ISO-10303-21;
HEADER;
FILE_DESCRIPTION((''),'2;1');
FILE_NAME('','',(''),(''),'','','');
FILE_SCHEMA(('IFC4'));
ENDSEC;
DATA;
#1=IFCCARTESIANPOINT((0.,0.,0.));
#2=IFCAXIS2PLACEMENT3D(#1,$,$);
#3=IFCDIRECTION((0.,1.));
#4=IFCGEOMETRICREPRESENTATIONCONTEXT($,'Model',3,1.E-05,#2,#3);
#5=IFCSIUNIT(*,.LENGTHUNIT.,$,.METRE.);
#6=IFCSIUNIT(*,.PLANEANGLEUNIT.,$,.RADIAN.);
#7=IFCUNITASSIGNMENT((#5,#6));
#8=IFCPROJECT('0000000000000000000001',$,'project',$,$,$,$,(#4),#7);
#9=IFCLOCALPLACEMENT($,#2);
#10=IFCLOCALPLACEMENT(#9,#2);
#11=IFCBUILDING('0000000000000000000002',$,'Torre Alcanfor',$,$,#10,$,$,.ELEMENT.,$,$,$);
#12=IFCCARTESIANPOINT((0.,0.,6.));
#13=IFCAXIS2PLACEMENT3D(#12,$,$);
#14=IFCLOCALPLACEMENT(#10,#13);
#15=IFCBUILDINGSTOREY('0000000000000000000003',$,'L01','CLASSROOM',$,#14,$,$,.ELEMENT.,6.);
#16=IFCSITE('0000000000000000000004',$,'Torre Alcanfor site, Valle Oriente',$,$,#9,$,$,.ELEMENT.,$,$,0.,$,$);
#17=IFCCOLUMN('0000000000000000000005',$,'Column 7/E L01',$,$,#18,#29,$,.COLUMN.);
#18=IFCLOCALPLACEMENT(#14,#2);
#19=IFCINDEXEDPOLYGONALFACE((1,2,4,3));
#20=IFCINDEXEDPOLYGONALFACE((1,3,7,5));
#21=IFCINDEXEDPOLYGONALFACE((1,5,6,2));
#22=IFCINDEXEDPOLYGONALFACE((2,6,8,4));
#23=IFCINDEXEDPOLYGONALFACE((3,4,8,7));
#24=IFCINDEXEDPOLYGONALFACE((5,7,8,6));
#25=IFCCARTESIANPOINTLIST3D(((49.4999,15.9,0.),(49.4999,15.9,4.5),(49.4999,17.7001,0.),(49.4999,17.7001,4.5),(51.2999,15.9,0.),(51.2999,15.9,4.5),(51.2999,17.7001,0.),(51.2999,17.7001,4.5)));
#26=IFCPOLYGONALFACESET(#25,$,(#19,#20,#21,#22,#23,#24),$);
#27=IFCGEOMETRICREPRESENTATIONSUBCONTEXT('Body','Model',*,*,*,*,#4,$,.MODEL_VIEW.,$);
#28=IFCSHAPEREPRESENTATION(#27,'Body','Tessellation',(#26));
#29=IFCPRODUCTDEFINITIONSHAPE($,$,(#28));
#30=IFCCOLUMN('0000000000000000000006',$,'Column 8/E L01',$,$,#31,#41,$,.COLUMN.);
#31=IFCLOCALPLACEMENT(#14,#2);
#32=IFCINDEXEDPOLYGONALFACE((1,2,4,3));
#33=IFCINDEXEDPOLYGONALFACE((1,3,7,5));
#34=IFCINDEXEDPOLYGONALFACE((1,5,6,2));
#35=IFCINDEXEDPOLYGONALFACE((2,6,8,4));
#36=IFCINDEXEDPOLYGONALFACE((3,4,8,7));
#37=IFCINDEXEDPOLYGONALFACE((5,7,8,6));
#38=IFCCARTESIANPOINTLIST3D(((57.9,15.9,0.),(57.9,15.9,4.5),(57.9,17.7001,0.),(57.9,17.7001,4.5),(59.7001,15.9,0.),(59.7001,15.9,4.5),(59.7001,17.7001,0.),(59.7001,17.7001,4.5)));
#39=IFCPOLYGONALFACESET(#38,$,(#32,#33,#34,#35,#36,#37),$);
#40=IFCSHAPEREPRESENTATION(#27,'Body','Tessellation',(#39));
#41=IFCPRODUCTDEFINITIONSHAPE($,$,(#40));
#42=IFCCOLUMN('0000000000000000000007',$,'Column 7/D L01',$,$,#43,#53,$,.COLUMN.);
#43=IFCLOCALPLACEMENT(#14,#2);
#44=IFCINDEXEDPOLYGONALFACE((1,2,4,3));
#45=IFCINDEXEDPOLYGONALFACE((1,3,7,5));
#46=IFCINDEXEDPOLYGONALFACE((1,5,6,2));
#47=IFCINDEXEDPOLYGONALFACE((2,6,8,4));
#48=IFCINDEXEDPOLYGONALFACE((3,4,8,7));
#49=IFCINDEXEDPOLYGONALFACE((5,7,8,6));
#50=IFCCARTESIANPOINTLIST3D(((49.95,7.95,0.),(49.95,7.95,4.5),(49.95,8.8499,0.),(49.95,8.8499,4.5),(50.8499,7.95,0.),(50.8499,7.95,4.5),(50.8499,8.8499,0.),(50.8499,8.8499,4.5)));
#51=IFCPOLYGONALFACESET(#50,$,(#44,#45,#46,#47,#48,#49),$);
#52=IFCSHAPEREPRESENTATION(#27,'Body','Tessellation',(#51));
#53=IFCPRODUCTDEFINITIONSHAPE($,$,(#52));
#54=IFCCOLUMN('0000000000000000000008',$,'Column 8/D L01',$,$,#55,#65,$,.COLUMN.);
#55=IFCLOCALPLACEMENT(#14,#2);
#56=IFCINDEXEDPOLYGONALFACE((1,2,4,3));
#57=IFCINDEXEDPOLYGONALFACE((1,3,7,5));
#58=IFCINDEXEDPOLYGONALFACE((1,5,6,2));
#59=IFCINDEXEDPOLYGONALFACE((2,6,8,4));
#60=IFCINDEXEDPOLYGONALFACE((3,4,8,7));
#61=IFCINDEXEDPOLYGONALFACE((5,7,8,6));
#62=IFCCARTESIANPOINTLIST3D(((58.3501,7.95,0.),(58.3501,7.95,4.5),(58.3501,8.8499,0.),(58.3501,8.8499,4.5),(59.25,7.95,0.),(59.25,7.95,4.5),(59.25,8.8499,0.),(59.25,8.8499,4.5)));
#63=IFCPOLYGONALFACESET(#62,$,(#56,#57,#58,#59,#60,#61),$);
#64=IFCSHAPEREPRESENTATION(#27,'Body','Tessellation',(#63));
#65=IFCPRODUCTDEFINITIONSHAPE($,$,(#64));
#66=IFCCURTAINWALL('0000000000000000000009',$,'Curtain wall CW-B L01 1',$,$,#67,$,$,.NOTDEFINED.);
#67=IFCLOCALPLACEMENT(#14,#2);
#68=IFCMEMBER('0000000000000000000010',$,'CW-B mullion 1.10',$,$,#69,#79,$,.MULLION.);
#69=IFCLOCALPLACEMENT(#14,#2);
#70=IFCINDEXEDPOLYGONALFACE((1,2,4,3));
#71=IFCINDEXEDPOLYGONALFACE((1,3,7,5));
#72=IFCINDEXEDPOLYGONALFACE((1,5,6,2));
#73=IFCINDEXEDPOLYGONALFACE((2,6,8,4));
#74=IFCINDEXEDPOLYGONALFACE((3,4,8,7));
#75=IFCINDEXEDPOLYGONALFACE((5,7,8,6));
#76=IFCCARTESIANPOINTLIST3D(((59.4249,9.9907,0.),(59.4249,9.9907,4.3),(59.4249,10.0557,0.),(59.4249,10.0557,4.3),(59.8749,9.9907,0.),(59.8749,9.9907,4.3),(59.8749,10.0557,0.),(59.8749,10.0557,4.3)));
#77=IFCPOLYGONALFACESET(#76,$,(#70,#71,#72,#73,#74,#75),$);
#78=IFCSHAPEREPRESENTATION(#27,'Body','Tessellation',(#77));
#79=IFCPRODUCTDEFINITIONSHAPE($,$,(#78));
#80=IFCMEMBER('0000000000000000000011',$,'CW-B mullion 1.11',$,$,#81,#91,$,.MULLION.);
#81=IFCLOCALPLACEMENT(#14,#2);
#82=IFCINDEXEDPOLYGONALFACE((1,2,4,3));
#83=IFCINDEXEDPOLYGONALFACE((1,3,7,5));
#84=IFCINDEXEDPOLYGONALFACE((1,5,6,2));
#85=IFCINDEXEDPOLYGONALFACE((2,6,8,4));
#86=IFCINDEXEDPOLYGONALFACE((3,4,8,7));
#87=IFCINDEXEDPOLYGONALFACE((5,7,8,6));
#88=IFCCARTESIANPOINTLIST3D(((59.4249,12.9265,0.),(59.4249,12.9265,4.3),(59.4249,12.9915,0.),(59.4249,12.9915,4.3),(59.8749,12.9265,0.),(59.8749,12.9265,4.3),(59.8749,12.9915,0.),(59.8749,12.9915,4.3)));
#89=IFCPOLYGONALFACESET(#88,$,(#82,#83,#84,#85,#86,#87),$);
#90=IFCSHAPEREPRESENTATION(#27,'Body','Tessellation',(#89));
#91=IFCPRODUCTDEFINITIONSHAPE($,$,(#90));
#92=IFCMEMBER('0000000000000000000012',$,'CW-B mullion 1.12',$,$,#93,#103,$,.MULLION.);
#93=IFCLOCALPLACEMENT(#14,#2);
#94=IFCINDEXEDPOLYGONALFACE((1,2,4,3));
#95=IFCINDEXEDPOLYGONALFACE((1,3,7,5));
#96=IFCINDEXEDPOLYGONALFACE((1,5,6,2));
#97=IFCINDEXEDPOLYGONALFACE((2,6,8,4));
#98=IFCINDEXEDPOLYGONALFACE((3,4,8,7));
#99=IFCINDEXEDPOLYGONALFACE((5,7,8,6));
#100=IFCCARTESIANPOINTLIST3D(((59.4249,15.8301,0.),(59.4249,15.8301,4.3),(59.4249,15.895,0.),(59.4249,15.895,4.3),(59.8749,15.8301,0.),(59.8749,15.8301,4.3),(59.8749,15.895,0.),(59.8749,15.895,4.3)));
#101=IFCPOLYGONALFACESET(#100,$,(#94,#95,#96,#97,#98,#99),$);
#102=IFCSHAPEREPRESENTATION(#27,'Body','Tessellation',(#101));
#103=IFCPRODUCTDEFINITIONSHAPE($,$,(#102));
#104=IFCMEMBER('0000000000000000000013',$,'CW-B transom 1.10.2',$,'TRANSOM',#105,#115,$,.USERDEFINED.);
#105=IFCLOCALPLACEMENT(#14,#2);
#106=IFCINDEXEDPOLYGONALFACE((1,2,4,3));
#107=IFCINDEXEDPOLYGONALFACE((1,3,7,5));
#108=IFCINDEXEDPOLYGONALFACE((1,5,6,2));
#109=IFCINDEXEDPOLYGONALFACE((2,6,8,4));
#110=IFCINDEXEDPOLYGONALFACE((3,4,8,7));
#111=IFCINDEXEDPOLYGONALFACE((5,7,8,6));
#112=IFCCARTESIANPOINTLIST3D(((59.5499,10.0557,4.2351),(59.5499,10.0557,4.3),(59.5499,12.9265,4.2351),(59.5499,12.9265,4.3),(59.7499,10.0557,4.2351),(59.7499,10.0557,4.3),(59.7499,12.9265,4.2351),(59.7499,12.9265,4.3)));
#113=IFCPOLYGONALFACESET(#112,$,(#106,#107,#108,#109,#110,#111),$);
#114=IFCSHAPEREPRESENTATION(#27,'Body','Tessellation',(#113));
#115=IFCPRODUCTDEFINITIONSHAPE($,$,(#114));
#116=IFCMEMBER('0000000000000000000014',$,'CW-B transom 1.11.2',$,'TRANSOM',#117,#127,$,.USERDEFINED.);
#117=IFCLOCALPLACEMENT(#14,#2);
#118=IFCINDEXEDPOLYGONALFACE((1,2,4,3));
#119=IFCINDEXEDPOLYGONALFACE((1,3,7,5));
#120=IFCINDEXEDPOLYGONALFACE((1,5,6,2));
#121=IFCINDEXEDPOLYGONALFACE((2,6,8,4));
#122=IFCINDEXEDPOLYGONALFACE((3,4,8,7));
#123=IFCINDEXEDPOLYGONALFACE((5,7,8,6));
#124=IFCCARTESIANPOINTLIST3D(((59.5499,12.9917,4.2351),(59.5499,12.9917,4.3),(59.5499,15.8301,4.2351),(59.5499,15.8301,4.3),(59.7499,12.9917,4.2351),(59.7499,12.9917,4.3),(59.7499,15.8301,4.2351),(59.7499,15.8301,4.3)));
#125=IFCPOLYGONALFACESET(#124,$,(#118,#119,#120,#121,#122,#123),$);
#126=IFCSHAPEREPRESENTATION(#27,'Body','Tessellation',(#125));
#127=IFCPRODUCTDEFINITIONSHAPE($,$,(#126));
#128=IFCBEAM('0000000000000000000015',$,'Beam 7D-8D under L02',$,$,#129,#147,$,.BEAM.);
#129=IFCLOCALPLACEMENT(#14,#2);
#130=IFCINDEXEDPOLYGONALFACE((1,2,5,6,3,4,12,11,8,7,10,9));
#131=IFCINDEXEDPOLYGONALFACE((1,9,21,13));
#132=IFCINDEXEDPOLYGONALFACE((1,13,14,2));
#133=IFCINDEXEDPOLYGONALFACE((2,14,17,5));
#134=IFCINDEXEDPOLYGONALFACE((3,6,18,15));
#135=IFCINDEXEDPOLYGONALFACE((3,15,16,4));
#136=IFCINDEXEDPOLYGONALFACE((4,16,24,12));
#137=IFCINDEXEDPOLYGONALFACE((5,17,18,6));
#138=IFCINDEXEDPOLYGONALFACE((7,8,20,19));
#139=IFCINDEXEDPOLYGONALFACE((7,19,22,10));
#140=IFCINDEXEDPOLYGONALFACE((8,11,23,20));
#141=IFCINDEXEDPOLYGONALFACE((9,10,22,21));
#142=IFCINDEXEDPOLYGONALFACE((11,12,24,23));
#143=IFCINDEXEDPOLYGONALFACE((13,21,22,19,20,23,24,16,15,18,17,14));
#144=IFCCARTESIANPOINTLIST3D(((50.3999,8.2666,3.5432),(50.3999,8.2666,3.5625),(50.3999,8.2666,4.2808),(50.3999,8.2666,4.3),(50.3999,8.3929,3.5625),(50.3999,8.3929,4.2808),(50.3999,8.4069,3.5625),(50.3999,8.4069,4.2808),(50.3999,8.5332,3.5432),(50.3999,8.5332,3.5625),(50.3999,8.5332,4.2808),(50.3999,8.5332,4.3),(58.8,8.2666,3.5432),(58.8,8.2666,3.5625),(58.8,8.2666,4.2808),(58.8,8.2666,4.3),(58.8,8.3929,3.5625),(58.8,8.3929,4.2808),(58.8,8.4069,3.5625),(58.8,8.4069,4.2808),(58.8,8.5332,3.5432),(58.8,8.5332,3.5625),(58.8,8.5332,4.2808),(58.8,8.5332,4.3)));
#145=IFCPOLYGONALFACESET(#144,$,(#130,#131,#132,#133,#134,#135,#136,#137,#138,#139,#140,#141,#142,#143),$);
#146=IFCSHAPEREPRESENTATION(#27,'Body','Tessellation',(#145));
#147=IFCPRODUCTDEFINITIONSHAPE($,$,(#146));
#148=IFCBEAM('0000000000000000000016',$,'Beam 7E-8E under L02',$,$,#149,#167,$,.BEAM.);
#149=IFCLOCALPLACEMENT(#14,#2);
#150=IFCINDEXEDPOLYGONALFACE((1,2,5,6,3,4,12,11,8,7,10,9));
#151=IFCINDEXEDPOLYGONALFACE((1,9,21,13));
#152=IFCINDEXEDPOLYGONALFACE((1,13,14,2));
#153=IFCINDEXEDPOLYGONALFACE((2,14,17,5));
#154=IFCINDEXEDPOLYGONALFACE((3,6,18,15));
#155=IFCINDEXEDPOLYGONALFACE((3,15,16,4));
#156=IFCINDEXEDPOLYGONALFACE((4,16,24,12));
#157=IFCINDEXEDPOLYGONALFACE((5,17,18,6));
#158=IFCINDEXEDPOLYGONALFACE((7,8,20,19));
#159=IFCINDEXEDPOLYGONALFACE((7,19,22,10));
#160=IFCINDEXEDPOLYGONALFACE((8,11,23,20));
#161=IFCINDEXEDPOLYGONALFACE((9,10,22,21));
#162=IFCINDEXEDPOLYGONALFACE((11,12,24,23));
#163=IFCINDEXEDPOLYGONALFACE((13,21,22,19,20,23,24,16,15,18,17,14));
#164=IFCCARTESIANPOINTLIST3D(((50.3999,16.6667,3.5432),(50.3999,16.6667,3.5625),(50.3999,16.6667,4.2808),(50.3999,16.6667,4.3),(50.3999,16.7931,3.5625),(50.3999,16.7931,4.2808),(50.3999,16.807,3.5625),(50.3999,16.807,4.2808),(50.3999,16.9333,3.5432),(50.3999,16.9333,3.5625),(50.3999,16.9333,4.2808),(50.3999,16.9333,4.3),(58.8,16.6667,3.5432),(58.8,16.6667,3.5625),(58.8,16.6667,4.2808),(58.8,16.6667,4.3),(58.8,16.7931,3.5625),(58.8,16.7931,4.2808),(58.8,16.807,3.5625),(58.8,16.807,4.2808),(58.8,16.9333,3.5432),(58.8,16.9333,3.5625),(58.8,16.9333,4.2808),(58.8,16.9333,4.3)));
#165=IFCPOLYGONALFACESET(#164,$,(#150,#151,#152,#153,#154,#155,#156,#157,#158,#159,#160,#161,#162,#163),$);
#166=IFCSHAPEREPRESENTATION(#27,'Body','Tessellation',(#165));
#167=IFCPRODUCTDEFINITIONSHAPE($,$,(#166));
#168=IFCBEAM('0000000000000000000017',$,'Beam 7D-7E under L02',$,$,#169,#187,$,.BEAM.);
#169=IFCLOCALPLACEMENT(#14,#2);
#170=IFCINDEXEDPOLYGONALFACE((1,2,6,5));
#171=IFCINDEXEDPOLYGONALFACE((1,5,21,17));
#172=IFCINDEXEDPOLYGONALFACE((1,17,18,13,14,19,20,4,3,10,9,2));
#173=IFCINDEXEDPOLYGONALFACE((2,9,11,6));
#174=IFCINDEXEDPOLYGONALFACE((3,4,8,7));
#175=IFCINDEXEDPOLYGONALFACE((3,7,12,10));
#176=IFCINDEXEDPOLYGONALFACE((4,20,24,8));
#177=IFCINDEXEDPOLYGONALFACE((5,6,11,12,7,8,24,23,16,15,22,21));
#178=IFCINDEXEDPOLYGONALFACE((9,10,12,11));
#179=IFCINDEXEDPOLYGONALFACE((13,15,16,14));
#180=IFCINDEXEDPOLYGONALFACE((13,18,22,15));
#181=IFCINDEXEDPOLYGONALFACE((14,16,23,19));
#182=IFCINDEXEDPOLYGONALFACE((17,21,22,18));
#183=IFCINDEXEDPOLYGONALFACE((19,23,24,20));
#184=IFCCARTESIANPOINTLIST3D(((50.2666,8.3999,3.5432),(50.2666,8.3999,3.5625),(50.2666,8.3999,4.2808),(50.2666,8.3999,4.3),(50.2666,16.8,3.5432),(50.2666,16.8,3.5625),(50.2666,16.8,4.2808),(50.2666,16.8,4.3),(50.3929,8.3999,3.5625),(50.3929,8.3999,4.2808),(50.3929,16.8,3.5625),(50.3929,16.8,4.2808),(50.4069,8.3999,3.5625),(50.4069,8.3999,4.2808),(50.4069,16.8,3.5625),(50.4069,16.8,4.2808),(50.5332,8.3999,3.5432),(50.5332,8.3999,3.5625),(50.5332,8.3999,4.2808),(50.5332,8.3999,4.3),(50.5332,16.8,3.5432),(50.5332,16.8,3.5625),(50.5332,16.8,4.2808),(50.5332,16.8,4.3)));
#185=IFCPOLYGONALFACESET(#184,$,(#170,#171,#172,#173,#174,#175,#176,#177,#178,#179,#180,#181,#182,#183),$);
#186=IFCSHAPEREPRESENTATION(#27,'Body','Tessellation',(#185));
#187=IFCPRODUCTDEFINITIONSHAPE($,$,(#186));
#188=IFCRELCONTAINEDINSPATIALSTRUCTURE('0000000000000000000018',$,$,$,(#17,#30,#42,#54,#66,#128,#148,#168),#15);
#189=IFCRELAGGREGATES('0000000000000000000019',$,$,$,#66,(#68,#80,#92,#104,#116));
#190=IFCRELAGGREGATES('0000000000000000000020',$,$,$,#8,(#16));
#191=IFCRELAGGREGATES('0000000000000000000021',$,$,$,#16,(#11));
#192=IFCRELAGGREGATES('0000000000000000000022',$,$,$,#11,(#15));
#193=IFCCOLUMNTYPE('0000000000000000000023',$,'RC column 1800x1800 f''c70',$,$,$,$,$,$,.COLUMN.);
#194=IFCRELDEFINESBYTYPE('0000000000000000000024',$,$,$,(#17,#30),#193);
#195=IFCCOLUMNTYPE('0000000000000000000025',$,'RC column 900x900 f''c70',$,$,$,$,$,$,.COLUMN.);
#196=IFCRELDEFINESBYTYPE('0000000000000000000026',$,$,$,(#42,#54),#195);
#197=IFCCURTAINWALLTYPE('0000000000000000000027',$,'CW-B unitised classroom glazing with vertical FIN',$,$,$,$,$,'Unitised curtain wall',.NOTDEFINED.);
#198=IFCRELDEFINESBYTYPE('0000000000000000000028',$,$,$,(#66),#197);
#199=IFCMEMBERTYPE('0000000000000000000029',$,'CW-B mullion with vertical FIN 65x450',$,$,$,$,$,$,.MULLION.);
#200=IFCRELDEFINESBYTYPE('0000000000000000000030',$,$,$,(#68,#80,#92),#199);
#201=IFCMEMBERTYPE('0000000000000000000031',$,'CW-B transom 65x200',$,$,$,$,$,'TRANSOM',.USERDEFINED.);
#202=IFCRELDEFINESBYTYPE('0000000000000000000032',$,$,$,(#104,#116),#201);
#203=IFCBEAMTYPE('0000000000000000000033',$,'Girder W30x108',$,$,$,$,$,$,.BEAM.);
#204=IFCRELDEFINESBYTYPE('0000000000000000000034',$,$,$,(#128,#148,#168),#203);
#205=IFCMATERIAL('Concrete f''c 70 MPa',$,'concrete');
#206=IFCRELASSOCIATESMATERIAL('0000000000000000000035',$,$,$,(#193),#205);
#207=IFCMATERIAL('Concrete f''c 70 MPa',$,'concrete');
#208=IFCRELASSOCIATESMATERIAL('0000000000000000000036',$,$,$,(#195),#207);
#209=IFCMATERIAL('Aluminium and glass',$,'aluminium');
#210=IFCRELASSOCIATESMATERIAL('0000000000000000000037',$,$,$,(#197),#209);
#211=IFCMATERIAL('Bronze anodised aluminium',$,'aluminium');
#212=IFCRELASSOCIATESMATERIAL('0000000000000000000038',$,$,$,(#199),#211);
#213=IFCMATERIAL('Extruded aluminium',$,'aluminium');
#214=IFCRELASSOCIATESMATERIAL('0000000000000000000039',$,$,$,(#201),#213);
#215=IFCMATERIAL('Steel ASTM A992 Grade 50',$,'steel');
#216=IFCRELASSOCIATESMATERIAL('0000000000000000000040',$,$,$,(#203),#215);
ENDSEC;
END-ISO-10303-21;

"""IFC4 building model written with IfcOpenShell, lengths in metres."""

from ifc_helpers import new_model, si_unit, direction, frame, origin, origin_2d, place, context, subcontext, project, spatial, rectangle, i_section, extrude, material, material_profile, profile_set, type_object, element, aggregate, save


model = new_model("IFC4")

# Units and contexts
model_context = context("Model", 3, precision=1e-05, world=origin(), true_north=direction((0.0, 1.0)))
body_context = subcontext(model_context, "Body", "Model", "MODEL_VIEW")
ifc_project = project(units=[si_unit("LENGTHUNIT", "METRE"), si_unit("PLANEANGLEUNIT", "RADIAN")], contexts=[model_context])

# Site, building, storey
site_placement = place(None, origin())
site = spatial("IfcSite", under=ifc_project, at=site_placement, Name="Torre Alcanfor site, Valle Oriente", CompositionType="ELEMENT", RefElevation=0.0)
building_placement = place(site_placement, origin())
building = spatial("IfcBuilding", under=site, at=building_placement, Name="Torre Alcanfor", CompositionType="ELEMENT")
storey_placement = place(building_placement, frame((0.0, 0.0, 6.0)))
storey = spatial("IfcBuildingStorey", under=building, at=storey_placement, Name="L01", Description="CLASSROOM", CompositionType="ELEMENT", Elevation=6.0)

# Columns
ifc_material_1 = material(Name="Concrete f'c 70 MPa", Category="concrete")
ifc_material_profile_1 = material_profile(ifc_material_1, rectangle(XDim=1.8, YDim=1.8, at=origin_2d()), Name="1800x1800")
ifc_profile_set_1 = profile_set([ifc_material_profile_1], Name="Concrete f'c 70 MPa")
column_type_1 = type_object("IfcColumnType", Name="RC column 1800x1800 f'c70", PredefinedType="COLUMN", material=ifc_profile_set_1)
for number, where, z_axis, x_axis, name in (
    (1, (50.3999, 16.8, 0.0), (0.0, 0.0, 1.0), (1.0, 0.0, 0.0), "Column 7/E L01"),
    (2, (58.8, 16.8, 0.0), (0.0, 0.0, 1.0), (1.0, 0.0, 0.0), "Column 8/E L01"),
):
    element("IfcColumn", number, at=place(storey_placement, frame(where, z_axis=z_axis, x_axis=x_axis)), inside=storey, type_object=column_type_1, Name=name, PredefinedType="COLUMN", context=body_context, shape_type="SweptSolid", body=[
        extrude(rectangle(XDim=1.8, YDim=1.8, at=origin_2d()), origin(), (0.0, 0.0, 1.0), 4.5),
    ])
ifc_material_2 = material(Name="Concrete f'c 70 MPa", Category="concrete")
ifc_material_profile_2 = material_profile(ifc_material_2, rectangle(XDim=0.8999, YDim=0.8999, at=origin_2d()), Name="900x900")
ifc_profile_set_2 = profile_set([ifc_material_profile_2], Name="Concrete f'c 70 MPa")
column_type_2 = type_object("IfcColumnType", Name="RC column 900x900 f'c70", PredefinedType="COLUMN", material=ifc_profile_set_2)
for number, where, z_axis, x_axis, name in (
    (3, (50.3999, 8.3999, 0.0), (0.0, 0.0, 1.0), (1.0, 0.0, 0.0), "Column 7/D L01"),
    (4, (58.8, 8.3999, 0.0), (0.0, 0.0, 1.0), (1.0, 0.0, 0.0), "Column 8/D L01"),
):
    element("IfcColumn", number, at=place(storey_placement, frame(where, z_axis=z_axis, x_axis=x_axis)), inside=storey, type_object=column_type_2, Name=name, PredefinedType="COLUMN", context=body_context, shape_type="SweptSolid", body=[
        extrude(rectangle(XDim=0.8999, YDim=0.8999, at=origin_2d()), origin(), (0.0, 0.0, 1.0), 4.5),
    ])

# Curtain wall, members
ifc_material_3 = material(Name="Aluminium and glass", Category="aluminium")
curtain_wall_type = type_object("IfcCurtainWallType", Name="CW-B unitised classroom glazing with vertical FIN", ElementType="Unitised curtain wall", PredefinedType="NOTDEFINED", material=ifc_material_3)
curtain_wall_placement = place(storey_placement, origin())
curtain_wall = element("IfcCurtainWall", 5, at=curtain_wall_placement, inside=storey, type_object=curtain_wall_type, Name="Curtain wall CW-B L01 1", PredefinedType="NOTDEFINED")
ifc_material_4 = material(Name="Bronze anodised aluminium", Category="aluminium")
ifc_material_profile_3 = material_profile(ifc_material_4, rectangle(XDim=0.45, YDim=0.0649, at=origin_2d()), Name="CW-B mullion 65x450")
ifc_profile_set_3 = profile_set([ifc_material_profile_3], Name="Bronze anodised aluminium")
member_type_1 = type_object("IfcMemberType", Name="CW-B mullion with vertical FIN 65x450", PredefinedType="MULLION", material=ifc_profile_set_3)
member_1_placement = place(storey_placement, frame((59.6499, 10.0232, 0.0), z_axis=(0.0, 0.0, 1.0), x_axis=(-1.0, 0.0, 0.0)))
member_1 = element("IfcMember", 6, at=member_1_placement, type_object=member_type_1, Name="CW-B mullion 1.10", PredefinedType="MULLION", context=body_context, shape_type="SweptSolid", body=[
    extrude(rectangle(XDim=0.45, YDim=0.0649, at=origin_2d()), origin(), (0.0, 0.0, 1.0), 4.3),
])
member_2_placement = place(storey_placement, frame((59.6499, 12.959, 0.0), z_axis=(0.0, 0.0, 1.0), x_axis=(-1.0, 0.0, 0.0)))
member_2 = element("IfcMember", 7, at=member_2_placement, type_object=member_type_1, Name="CW-B mullion 1.11", PredefinedType="MULLION", context=body_context, shape_type="SweptSolid", body=[
    extrude(rectangle(XDim=0.45, YDim=0.0649, at=origin_2d()), origin(), (0.0, 0.0, 1.0), 4.3),
])
member_3_placement = place(storey_placement, frame((59.6499, 15.8625, 0.0), z_axis=(0.0, 0.0, 1.0), x_axis=(-1.0, 0.0, 0.0)))
member_3 = element("IfcMember", 8, at=member_3_placement, type_object=member_type_1, Name="CW-B mullion 1.12", PredefinedType="MULLION", context=body_context, shape_type="SweptSolid", body=[
    extrude(rectangle(XDim=0.45, YDim=0.0649, at=origin_2d()), origin(), (0.0, 0.0, 1.0), 4.3),
])
ifc_material_5 = material(Name="Extruded aluminium", Category="aluminium")
ifc_material_profile_4 = material_profile(ifc_material_5, rectangle(XDim=0.2, YDim=0.0649, at=origin_2d()), Name="CW-B transom 200x65")
ifc_profile_set_4 = profile_set([ifc_material_profile_4], Name="Extruded aluminium")
member_type_2 = type_object("IfcMemberType", Name="CW-B transom 65x200", ElementType="TRANSOM", PredefinedType="USERDEFINED", material=ifc_profile_set_4)
member_4_placement = place(storey_placement, frame((59.6499, 10.0557, 4.2676), z_axis=(0.0, 1.0, 0.0), x_axis=(-1.0, 0.0, 0.0)))
member_4 = element("IfcMember", 9, at=member_4_placement, type_object=member_type_2, Name="CW-B transom 1.10.2", ObjectType="TRANSOM", PredefinedType="USERDEFINED", context=body_context, shape_type="SweptSolid", body=[
    extrude(rectangle(XDim=0.2, YDim=0.0649, at=origin_2d()), origin(), (0.0, 0.0, 1.0), 2.8708),
])
member_5_placement = place(storey_placement, frame((59.6499, 12.9917, 4.2676), z_axis=(0.0, 1.0, 0.0), x_axis=(-1.0, 0.0, 0.0)))
member_5 = element("IfcMember", 10, at=member_5_placement, type_object=member_type_2, Name="CW-B transom 1.11.2", ObjectType="TRANSOM", PredefinedType="USERDEFINED", context=body_context, shape_type="SweptSolid", body=[
    extrude(rectangle(XDim=0.2, YDim=0.0649, at=origin_2d()), origin(), (0.0, 0.0, 1.0), 2.8384),
])

# Beams
ifc_material_6 = material(Name="Steel ASTM A992 Grade 50", Category="steel")
ifc_material_profile_5 = material_profile(ifc_material_6, i_section(OverallWidth=0.2666, OverallDepth=0.7568, WebThickness=0.0139, FlangeThickness=0.0193, at=origin_2d()), Name="W30x108")
ifc_profile_set_5 = profile_set([ifc_material_profile_5], Name="Steel ASTM A992 Grade 50")
beam_type_1 = type_object("IfcBeamType", Name="Girder W30x108", PredefinedType="BEAM", material=ifc_profile_set_5)
for number, where, z_axis, x_axis, name in (
    (11, (50.3999, 8.3999, 3.9216), (1.0, 0.0, 0.0), (0.0, 1.0, 0.0), "Beam 7D-8D under L02"),
    (12, (50.3999, 16.8, 3.9216), (1.0, 0.0, 0.0), (0.0, 1.0, 0.0), "Beam 7E-8E under L02"),
    (13, (50.3999, 8.3999, 3.9216), (0.0, 1.0, 0.0), (-1.0, 0.0, 0.0), "Beam 7D-7E under L02"),
):
    element("IfcBeam", number, at=place(storey_placement, frame(where, z_axis=z_axis, x_axis=x_axis)), inside=storey, type_object=beam_type_1, Name=name, PredefinedType="BEAM", context=body_context, shape_type="SweptSolid", body=[
        extrude(i_section(OverallWidth=0.2666, OverallDepth=0.7568, WebThickness=0.0139, FlangeThickness=0.0193, at=origin_2d()), origin(), (0.0, 0.0, 1.0), 8.4001),
    ])

aggregate(curtain_wall, [member_1, member_2, member_3, member_4, member_5])

save(model, "model.ifc")
